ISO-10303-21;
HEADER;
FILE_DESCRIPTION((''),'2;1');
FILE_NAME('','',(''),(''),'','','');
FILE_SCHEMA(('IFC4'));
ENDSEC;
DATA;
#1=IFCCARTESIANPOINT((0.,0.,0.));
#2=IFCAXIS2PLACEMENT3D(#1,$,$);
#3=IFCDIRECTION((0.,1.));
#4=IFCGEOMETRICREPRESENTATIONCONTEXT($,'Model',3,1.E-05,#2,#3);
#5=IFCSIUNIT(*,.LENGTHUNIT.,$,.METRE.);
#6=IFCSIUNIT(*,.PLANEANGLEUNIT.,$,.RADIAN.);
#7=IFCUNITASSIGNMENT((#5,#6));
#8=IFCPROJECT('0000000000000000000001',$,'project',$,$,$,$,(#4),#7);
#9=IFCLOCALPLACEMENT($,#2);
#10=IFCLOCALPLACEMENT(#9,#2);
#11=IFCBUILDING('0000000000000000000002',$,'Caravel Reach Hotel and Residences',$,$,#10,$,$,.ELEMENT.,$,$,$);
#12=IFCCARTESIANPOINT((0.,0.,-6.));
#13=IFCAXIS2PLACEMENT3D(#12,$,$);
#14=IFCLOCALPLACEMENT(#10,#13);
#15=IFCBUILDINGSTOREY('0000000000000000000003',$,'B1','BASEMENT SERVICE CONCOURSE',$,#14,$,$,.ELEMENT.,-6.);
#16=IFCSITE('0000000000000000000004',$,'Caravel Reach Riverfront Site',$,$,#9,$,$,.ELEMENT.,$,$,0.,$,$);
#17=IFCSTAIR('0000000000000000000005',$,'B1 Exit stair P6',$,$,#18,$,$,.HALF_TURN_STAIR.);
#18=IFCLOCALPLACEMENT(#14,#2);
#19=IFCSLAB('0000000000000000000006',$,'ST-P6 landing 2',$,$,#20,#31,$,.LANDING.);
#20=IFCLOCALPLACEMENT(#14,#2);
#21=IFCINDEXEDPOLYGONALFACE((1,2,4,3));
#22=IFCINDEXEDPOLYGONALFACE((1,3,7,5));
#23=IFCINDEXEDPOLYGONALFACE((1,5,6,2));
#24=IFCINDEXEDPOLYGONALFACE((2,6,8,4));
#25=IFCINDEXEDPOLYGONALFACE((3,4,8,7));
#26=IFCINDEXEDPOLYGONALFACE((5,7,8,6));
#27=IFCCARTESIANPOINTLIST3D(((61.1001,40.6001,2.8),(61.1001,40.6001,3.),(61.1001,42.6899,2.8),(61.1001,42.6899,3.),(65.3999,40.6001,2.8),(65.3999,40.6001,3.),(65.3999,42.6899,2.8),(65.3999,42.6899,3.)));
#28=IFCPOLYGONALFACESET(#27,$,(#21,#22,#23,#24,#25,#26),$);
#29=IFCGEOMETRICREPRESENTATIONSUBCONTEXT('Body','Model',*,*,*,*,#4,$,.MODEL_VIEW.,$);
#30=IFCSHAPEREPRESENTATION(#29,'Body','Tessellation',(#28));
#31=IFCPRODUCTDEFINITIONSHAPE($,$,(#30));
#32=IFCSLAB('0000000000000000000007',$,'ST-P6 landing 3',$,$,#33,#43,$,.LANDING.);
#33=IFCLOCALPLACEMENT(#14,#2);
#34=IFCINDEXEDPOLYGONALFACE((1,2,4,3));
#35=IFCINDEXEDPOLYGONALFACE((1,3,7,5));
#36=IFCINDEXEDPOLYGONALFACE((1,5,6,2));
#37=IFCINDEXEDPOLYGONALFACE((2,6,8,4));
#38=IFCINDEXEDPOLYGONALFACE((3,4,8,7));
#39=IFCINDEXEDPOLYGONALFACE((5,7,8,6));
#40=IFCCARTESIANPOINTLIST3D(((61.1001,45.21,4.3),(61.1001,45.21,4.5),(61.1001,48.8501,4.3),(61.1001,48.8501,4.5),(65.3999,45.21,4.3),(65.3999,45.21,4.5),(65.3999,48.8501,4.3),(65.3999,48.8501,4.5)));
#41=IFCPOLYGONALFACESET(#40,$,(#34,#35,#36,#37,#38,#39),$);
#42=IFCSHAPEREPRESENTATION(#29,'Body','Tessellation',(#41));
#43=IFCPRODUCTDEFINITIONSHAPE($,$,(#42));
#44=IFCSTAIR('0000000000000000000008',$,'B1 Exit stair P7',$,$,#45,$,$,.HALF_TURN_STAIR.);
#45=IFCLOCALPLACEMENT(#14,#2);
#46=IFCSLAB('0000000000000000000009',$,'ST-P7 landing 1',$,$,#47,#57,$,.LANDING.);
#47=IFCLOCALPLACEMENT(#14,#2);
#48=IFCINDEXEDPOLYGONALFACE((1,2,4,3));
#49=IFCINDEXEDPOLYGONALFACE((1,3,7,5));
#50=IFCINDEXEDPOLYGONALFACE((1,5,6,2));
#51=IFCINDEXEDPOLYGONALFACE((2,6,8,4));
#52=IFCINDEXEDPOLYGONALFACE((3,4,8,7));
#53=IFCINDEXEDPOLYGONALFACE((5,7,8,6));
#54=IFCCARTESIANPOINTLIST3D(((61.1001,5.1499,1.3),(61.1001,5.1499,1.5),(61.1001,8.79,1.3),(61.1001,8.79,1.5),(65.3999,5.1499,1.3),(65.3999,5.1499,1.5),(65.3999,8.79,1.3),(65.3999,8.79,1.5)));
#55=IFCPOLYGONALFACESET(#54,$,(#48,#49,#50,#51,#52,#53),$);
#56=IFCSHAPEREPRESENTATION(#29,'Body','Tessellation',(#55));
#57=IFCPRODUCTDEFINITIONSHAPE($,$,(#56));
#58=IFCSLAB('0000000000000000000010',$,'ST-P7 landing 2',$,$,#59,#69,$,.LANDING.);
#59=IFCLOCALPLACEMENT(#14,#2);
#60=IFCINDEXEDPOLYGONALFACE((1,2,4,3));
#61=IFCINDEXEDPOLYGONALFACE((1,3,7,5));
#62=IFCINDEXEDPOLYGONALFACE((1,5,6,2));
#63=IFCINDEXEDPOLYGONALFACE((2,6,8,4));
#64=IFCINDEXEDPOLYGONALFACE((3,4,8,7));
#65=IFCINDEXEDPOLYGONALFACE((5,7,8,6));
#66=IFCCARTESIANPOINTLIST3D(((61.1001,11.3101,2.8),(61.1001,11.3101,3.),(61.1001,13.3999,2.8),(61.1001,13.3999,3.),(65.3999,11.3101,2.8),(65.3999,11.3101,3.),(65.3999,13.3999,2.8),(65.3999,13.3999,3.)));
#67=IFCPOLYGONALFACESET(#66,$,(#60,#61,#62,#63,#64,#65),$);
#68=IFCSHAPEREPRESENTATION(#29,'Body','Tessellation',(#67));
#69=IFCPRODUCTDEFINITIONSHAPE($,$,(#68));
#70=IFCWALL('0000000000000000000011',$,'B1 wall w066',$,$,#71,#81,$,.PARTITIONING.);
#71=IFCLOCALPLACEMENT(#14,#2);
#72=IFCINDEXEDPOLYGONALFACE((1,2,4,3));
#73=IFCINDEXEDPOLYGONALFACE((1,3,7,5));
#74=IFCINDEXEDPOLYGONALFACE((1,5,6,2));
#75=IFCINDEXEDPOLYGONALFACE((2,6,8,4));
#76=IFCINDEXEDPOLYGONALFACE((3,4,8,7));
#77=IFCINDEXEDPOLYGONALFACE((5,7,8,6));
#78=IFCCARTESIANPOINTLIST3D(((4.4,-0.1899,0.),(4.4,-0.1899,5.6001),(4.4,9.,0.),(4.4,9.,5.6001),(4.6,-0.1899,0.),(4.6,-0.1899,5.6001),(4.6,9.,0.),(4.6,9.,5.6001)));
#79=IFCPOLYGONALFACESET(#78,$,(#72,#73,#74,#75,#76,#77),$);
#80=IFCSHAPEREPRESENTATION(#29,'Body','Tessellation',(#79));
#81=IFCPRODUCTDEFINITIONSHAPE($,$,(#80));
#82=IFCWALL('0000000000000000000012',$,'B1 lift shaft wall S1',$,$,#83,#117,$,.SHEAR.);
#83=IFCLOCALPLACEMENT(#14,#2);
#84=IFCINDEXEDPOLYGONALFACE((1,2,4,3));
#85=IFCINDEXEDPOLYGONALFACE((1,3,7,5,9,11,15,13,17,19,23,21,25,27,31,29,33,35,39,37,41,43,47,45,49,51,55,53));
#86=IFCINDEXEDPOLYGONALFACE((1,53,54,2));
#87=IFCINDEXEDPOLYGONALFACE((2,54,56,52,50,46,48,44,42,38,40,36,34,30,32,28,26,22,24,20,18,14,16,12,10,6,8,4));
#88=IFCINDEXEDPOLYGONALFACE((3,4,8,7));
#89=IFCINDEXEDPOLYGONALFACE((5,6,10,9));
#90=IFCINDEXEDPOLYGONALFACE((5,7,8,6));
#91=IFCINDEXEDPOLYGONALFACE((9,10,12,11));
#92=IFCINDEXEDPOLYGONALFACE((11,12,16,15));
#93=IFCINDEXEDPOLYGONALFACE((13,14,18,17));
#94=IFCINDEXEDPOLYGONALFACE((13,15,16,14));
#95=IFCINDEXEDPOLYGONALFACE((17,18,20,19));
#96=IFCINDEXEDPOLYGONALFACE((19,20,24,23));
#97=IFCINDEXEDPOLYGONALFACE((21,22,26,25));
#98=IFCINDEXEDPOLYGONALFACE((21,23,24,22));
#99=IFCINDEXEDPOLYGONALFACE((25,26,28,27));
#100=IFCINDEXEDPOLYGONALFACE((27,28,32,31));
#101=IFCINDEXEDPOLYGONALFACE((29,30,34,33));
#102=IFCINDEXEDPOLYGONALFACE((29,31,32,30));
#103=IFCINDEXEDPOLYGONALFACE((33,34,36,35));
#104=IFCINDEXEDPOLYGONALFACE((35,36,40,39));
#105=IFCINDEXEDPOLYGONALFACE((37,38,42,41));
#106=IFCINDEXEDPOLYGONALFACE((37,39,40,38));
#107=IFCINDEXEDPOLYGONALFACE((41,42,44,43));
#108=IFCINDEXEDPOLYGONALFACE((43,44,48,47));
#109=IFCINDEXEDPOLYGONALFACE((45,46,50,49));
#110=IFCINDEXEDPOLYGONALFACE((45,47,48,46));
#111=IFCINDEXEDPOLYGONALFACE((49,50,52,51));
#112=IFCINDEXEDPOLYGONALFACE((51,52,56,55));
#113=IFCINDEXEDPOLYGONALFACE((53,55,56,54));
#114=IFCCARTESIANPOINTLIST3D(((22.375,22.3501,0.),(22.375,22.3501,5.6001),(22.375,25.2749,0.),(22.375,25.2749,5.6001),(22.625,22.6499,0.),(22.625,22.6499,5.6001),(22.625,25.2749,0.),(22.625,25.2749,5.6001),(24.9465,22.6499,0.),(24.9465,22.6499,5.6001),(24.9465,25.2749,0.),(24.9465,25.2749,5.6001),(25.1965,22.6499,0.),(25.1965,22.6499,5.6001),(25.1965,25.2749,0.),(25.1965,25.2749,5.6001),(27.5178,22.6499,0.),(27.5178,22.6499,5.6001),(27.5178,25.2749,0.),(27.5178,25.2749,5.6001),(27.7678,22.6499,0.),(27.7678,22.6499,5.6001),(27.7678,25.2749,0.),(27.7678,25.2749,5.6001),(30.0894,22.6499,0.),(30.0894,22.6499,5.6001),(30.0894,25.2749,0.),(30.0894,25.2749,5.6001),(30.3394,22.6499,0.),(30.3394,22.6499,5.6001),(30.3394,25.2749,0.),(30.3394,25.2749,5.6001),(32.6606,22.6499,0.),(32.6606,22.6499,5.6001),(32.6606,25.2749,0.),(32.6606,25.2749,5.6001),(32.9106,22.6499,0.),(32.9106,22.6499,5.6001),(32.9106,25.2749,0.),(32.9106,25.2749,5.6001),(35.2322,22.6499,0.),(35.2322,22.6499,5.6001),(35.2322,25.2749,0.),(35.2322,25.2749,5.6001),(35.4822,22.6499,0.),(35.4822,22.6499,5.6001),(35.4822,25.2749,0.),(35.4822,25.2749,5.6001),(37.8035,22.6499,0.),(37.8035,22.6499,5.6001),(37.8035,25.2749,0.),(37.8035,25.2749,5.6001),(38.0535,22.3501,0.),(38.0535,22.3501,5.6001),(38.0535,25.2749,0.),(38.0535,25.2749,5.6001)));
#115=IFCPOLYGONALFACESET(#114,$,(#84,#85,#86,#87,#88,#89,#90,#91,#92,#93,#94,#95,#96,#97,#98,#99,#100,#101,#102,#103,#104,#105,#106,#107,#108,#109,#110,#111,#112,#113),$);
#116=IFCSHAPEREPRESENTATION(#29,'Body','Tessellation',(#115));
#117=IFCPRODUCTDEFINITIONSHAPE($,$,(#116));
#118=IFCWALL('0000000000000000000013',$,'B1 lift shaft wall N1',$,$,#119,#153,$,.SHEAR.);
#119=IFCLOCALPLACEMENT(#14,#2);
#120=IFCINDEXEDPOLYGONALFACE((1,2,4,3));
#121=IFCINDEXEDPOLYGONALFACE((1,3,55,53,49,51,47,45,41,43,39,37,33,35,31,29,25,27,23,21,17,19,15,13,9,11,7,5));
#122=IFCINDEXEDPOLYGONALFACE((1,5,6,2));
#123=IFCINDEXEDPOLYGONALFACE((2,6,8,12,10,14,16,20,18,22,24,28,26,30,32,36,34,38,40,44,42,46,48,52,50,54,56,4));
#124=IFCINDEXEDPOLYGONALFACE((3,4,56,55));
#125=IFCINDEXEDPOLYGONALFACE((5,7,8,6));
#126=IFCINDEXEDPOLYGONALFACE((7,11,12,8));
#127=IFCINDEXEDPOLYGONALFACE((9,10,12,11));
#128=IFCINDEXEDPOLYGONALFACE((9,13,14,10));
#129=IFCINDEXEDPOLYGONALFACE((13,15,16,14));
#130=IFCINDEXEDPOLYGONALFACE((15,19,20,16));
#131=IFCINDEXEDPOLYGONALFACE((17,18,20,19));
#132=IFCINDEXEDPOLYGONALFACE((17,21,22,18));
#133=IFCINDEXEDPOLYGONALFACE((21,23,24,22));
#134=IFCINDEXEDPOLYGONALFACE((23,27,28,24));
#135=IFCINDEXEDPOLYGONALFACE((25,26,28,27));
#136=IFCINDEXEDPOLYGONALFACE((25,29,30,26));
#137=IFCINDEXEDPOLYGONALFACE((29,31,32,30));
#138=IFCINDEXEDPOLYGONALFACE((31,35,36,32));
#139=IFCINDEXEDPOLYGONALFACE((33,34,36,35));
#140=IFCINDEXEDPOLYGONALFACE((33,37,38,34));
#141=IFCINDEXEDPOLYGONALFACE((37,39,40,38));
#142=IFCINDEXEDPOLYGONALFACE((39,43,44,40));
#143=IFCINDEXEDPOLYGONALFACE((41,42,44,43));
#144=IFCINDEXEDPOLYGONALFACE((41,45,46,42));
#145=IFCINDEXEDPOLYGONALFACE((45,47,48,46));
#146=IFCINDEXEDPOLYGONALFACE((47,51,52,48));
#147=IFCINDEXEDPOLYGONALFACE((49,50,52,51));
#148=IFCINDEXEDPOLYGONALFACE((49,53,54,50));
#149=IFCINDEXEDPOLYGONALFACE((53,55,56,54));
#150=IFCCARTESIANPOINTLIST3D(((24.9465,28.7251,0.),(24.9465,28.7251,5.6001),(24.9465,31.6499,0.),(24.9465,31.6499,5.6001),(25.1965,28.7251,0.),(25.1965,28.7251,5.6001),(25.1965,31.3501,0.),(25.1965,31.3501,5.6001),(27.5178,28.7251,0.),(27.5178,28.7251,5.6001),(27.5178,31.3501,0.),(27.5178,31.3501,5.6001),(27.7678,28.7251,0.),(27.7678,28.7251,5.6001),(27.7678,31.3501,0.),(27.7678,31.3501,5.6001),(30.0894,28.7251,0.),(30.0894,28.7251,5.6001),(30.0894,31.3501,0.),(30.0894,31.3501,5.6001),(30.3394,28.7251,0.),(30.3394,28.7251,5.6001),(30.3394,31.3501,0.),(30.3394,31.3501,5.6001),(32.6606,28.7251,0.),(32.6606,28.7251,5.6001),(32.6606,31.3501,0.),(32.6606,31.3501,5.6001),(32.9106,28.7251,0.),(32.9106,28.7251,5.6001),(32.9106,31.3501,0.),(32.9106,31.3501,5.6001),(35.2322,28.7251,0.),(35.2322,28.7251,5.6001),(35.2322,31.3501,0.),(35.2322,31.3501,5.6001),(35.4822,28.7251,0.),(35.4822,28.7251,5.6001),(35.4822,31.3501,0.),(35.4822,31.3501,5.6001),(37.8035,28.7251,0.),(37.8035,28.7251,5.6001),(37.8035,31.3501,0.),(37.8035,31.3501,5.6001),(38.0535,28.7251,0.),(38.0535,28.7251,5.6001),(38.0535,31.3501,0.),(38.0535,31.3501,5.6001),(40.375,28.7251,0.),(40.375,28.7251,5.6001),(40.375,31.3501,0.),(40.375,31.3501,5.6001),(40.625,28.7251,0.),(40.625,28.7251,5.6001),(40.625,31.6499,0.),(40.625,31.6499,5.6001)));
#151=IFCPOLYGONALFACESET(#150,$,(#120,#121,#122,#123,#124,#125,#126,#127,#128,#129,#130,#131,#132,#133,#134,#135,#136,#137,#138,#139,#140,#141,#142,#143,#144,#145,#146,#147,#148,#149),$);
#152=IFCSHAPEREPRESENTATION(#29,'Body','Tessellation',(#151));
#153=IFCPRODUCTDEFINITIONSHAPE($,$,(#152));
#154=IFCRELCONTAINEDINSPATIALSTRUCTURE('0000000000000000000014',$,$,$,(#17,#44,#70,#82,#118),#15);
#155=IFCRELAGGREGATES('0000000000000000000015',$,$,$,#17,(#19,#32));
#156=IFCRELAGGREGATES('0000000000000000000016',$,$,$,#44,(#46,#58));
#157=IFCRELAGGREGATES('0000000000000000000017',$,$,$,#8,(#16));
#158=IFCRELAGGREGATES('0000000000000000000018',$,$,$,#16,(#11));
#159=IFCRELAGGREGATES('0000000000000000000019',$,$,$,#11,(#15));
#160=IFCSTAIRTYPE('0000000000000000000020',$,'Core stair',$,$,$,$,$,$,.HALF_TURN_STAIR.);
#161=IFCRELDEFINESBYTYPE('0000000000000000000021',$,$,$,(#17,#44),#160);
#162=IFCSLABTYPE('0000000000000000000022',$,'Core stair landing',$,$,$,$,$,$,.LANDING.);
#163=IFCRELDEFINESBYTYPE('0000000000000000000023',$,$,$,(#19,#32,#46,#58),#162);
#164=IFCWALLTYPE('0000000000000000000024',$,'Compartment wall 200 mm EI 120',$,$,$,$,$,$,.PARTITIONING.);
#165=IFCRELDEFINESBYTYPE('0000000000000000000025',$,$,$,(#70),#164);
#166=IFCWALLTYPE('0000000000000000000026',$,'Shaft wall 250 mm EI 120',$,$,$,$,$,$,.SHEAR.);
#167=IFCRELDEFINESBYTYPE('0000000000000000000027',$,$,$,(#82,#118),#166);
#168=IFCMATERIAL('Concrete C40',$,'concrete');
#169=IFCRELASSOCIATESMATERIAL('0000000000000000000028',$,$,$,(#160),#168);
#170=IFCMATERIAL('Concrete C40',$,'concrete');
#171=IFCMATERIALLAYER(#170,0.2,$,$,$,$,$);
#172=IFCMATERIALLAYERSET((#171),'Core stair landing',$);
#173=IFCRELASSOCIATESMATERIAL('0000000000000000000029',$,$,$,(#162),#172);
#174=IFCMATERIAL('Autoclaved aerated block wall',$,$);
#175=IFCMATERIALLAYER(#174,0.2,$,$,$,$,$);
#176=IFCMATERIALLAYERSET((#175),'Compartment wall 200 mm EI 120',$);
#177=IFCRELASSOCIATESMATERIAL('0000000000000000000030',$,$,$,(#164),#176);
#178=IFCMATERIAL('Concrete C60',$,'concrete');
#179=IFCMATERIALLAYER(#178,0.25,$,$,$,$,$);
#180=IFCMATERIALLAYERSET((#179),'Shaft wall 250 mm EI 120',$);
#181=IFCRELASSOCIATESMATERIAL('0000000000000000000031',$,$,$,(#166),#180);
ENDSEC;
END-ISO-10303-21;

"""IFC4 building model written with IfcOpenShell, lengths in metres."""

from ifc_helpers import new_model, si_unit, direction, frame, frame_2d, origin, place, context, subcontext, project, spatial, polyline, rectangle, outline, extrude, material, layer, layer_set, type_object, element, aggregate, save


model = new_model("IFC4")

# Units and contexts
model_context = context("Model", 3, precision=1e-05, world=origin(), true_north=direction((0.0, 1.0)))
body_context = subcontext(model_context, "Body", "Model", "MODEL_VIEW")
ifc_project = project(units=[si_unit("LENGTHUNIT", "METRE"), si_unit("PLANEANGLEUNIT", "RADIAN")], contexts=[model_context])

# Site, building, storey
site_placement = place(None, origin())
site = spatial("IfcSite", under=ifc_project, at=site_placement, Name="Caravel Reach Riverfront Site", CompositionType="ELEMENT", RefElevation=0.0)
building_placement = place(site_placement, origin())
building = spatial("IfcBuilding", under=site, at=building_placement, Name="Caravel Reach Hotel and Residences", CompositionType="ELEMENT")
storey_placement = place(building_placement, frame((0.0, 0.0, -6.0)))
storey = spatial("IfcBuildingStorey", under=building, at=storey_placement, Name="B1", Description="BASEMENT SERVICE CONCOURSE", CompositionType="ELEMENT", Elevation=-6.0)

# Stairs, slabs
ifc_material_1 = material(Name="Concrete C40", Category="concrete")
stair_type = type_object("IfcStairType", Name="Core stair", PredefinedType="HALF_TURN_STAIR", material=ifc_material_1)
ifc_material_2 = material(Name="Concrete C40", Category="concrete")
ifc_layer_1 = layer(ifc_material_2, 0.2)
ifc_layer_set_1 = layer_set([ifc_layer_1], Name="Core stair landing")
slab_type_1 = type_object("IfcSlabType", Name="Core stair landing", PredefinedType="LANDING", material=ifc_layer_set_1)
stair_1_placement = place(storey_placement, origin())
stair_1 = element("IfcStair", 1, at=stair_1_placement, inside=storey, type_object=stair_type, Name="B1 Exit stair P6", PredefinedType="HALF_TURN_STAIR")
slab_1_placement = place(storey_placement, frame((0.0, 0.0, 2.8)))
slab_1 = element("IfcSlab", 2, at=slab_1_placement, type_object=slab_type_1, Name="ST-P6 landing 2", PredefinedType="LANDING", context=body_context, shape_type="SweptSolid", body=[
    extrude(outline(polyline([(65.3999, 40.6001), (65.3999, 42.6899), (61.1001, 42.6899), (61.1001, 40.6001), (65.3999, 40.6001)])), origin(), (0.0, 0.0, 1.0), 0.2),
])
slab_2_placement = place(storey_placement, frame((0.0, 0.0, 4.3)))
slab_2 = element("IfcSlab", 3, at=slab_2_placement, type_object=slab_type_1, Name="ST-P6 landing 3", PredefinedType="LANDING", context=body_context, shape_type="SweptSolid", body=[
    extrude(outline(polyline([(65.3999, 45.21), (65.3999, 48.8501), (61.1001, 48.8501), (61.1001, 45.21), (65.3999, 45.21)])), origin(), (0.0, 0.0, 1.0), 0.2),
])
aggregate(stair_1, [slab_1, slab_2])
stair_2_placement = place(storey_placement, origin())
stair_2 = element("IfcStair", 4, at=stair_2_placement, inside=storey, type_object=stair_type, Name="B1 Exit stair P7", PredefinedType="HALF_TURN_STAIR")
slab_3_placement = place(storey_placement, frame((0.0, 0.0, 1.3)))
slab_3 = element("IfcSlab", 5, at=slab_3_placement, type_object=slab_type_1, Name="ST-P7 landing 1", PredefinedType="LANDING", context=body_context, shape_type="SweptSolid", body=[
    extrude(outline(polyline([(61.1001, 8.79), (61.1001, 5.1499), (65.3999, 5.1499), (65.3999, 8.79), (61.1001, 8.79)])), origin(), (0.0, 0.0, 1.0), 0.2),
])
slab_4_placement = place(storey_placement, frame((0.0, 0.0, 2.8)))
slab_4 = element("IfcSlab", 6, at=slab_4_placement, type_object=slab_type_1, Name="ST-P7 landing 2", PredefinedType="LANDING", context=body_context, shape_type="SweptSolid", body=[
    extrude(outline(polyline([(61.1001, 13.3999), (61.1001, 11.3101), (65.3999, 11.3101), (65.3999, 13.3999), (61.1001, 13.3999)])), origin(), (0.0, 0.0, 1.0), 0.2),
])
aggregate(stair_2, [slab_3, slab_4])

# Walls
ifc_material_3 = material(Name="Autoclaved aerated block wall")
ifc_layer_2 = layer(ifc_material_3, 0.2)
ifc_layer_set_2 = layer_set([ifc_layer_2], Name="Compartment wall 200 mm EI 120")
wall_type_1 = type_object("IfcWallType", Name="Compartment wall 200 mm EI 120", PredefinedType="PARTITIONING", material=ifc_layer_set_2)
wall_1_placement = place(storey_placement, frame((4.5, -0.1899, 0.0), z_axis=(0.0, 0.0, 1.0), x_axis=(0.0, 1.0, 0.0)))
element("IfcWall", 7, at=wall_1_placement, inside=storey, type_object=wall_type_1, Name="B1 wall w066", PredefinedType="PARTITIONING", context=body_context, shape_type="SweptSolid", body=[
    extrude(rectangle(XDim=9.1899, YDim=0.2, at=frame_2d((4.595, 0.0))), origin(), (0.0, 0.0, 1.0), 5.6001),
])
ifc_material_4 = material(Name="Concrete C60", Category="concrete")
ifc_layer_3 = layer(ifc_material_4, 0.25)
ifc_layer_set_3 = layer_set([ifc_layer_3], Name="Shaft wall 250 mm EI 120")
wall_type_2 = type_object("IfcWallType", Name="Shaft wall 250 mm EI 120", PredefinedType="SHEAR", material=ifc_layer_set_3)
wall_2_placement = place(storey_placement, origin())
element("IfcWall", 8, at=wall_2_placement, inside=storey, type_object=wall_type_2, Name="B1 lift shaft wall S1", PredefinedType="SHEAR", context=body_context, shape_type="SweptSolid", body=[
    extrude(outline(polyline([(22.375, 22.3501), (38.0535, 22.3501), (38.0535, 25.2749), (37.8035, 25.2749), (37.8035, 22.6499), (35.4822, 22.6499), (35.4822, 25.2749), (35.2322, 25.2749), (35.2322, 22.6499), (32.9106, 22.6499), (32.9106, 25.2749), (32.6606, 25.2749), (32.6606, 22.6499), (30.3394, 22.6499), (30.3394, 25.2749), (30.0894, 25.2749), (30.0894, 22.6499), (27.7678, 22.6499), (27.7678, 25.2749), (27.5178, 25.2749), (27.5178, 22.6499), (25.1965, 22.6499), (25.1965, 25.2749), (24.9465, 25.2749), (24.9465, 22.6499), (22.625, 22.6499), (22.625, 25.2749), (22.375, 25.2749), (22.375, 22.3501)])), origin(), (0.0, 0.0, 1.0), 5.6001),
])
wall_3_placement = place(storey_placement, origin())
element("IfcWall", 9, at=wall_3_placement, inside=storey, type_object=wall_type_2, Name="B1 lift shaft wall N1", PredefinedType="SHEAR", context=body_context, shape_type="SweptSolid", body=[
    extrude(outline(polyline([(24.9465, 28.7251), (25.1965, 28.7251), (25.1965, 31.3501), (27.5178, 31.3501), (27.5178, 28.7251), (27.7678, 28.7251), (27.7678, 31.3501), (30.0894, 31.3501), (30.0894, 28.7251), (30.3394, 28.7251), (30.3394, 31.3501), (32.6606, 31.3501), (32.6606, 28.7251), (32.9106, 28.7251), (32.9106, 31.3501), (35.2322, 31.3501), (35.2322, 28.7251), (35.4822, 28.7251), (35.4822, 31.3501), (37.8035, 31.3501), (37.8035, 28.7251), (38.0535, 28.7251), (38.0535, 31.3501), (40.375, 31.3501), (40.375, 28.7251), (40.625, 28.7251), (40.625, 31.6499), (24.9465, 31.6499), (24.9465, 28.7251)])), origin(), (0.0, 0.0, 1.0), 5.6001),
])

save(model, "model.ifc")
